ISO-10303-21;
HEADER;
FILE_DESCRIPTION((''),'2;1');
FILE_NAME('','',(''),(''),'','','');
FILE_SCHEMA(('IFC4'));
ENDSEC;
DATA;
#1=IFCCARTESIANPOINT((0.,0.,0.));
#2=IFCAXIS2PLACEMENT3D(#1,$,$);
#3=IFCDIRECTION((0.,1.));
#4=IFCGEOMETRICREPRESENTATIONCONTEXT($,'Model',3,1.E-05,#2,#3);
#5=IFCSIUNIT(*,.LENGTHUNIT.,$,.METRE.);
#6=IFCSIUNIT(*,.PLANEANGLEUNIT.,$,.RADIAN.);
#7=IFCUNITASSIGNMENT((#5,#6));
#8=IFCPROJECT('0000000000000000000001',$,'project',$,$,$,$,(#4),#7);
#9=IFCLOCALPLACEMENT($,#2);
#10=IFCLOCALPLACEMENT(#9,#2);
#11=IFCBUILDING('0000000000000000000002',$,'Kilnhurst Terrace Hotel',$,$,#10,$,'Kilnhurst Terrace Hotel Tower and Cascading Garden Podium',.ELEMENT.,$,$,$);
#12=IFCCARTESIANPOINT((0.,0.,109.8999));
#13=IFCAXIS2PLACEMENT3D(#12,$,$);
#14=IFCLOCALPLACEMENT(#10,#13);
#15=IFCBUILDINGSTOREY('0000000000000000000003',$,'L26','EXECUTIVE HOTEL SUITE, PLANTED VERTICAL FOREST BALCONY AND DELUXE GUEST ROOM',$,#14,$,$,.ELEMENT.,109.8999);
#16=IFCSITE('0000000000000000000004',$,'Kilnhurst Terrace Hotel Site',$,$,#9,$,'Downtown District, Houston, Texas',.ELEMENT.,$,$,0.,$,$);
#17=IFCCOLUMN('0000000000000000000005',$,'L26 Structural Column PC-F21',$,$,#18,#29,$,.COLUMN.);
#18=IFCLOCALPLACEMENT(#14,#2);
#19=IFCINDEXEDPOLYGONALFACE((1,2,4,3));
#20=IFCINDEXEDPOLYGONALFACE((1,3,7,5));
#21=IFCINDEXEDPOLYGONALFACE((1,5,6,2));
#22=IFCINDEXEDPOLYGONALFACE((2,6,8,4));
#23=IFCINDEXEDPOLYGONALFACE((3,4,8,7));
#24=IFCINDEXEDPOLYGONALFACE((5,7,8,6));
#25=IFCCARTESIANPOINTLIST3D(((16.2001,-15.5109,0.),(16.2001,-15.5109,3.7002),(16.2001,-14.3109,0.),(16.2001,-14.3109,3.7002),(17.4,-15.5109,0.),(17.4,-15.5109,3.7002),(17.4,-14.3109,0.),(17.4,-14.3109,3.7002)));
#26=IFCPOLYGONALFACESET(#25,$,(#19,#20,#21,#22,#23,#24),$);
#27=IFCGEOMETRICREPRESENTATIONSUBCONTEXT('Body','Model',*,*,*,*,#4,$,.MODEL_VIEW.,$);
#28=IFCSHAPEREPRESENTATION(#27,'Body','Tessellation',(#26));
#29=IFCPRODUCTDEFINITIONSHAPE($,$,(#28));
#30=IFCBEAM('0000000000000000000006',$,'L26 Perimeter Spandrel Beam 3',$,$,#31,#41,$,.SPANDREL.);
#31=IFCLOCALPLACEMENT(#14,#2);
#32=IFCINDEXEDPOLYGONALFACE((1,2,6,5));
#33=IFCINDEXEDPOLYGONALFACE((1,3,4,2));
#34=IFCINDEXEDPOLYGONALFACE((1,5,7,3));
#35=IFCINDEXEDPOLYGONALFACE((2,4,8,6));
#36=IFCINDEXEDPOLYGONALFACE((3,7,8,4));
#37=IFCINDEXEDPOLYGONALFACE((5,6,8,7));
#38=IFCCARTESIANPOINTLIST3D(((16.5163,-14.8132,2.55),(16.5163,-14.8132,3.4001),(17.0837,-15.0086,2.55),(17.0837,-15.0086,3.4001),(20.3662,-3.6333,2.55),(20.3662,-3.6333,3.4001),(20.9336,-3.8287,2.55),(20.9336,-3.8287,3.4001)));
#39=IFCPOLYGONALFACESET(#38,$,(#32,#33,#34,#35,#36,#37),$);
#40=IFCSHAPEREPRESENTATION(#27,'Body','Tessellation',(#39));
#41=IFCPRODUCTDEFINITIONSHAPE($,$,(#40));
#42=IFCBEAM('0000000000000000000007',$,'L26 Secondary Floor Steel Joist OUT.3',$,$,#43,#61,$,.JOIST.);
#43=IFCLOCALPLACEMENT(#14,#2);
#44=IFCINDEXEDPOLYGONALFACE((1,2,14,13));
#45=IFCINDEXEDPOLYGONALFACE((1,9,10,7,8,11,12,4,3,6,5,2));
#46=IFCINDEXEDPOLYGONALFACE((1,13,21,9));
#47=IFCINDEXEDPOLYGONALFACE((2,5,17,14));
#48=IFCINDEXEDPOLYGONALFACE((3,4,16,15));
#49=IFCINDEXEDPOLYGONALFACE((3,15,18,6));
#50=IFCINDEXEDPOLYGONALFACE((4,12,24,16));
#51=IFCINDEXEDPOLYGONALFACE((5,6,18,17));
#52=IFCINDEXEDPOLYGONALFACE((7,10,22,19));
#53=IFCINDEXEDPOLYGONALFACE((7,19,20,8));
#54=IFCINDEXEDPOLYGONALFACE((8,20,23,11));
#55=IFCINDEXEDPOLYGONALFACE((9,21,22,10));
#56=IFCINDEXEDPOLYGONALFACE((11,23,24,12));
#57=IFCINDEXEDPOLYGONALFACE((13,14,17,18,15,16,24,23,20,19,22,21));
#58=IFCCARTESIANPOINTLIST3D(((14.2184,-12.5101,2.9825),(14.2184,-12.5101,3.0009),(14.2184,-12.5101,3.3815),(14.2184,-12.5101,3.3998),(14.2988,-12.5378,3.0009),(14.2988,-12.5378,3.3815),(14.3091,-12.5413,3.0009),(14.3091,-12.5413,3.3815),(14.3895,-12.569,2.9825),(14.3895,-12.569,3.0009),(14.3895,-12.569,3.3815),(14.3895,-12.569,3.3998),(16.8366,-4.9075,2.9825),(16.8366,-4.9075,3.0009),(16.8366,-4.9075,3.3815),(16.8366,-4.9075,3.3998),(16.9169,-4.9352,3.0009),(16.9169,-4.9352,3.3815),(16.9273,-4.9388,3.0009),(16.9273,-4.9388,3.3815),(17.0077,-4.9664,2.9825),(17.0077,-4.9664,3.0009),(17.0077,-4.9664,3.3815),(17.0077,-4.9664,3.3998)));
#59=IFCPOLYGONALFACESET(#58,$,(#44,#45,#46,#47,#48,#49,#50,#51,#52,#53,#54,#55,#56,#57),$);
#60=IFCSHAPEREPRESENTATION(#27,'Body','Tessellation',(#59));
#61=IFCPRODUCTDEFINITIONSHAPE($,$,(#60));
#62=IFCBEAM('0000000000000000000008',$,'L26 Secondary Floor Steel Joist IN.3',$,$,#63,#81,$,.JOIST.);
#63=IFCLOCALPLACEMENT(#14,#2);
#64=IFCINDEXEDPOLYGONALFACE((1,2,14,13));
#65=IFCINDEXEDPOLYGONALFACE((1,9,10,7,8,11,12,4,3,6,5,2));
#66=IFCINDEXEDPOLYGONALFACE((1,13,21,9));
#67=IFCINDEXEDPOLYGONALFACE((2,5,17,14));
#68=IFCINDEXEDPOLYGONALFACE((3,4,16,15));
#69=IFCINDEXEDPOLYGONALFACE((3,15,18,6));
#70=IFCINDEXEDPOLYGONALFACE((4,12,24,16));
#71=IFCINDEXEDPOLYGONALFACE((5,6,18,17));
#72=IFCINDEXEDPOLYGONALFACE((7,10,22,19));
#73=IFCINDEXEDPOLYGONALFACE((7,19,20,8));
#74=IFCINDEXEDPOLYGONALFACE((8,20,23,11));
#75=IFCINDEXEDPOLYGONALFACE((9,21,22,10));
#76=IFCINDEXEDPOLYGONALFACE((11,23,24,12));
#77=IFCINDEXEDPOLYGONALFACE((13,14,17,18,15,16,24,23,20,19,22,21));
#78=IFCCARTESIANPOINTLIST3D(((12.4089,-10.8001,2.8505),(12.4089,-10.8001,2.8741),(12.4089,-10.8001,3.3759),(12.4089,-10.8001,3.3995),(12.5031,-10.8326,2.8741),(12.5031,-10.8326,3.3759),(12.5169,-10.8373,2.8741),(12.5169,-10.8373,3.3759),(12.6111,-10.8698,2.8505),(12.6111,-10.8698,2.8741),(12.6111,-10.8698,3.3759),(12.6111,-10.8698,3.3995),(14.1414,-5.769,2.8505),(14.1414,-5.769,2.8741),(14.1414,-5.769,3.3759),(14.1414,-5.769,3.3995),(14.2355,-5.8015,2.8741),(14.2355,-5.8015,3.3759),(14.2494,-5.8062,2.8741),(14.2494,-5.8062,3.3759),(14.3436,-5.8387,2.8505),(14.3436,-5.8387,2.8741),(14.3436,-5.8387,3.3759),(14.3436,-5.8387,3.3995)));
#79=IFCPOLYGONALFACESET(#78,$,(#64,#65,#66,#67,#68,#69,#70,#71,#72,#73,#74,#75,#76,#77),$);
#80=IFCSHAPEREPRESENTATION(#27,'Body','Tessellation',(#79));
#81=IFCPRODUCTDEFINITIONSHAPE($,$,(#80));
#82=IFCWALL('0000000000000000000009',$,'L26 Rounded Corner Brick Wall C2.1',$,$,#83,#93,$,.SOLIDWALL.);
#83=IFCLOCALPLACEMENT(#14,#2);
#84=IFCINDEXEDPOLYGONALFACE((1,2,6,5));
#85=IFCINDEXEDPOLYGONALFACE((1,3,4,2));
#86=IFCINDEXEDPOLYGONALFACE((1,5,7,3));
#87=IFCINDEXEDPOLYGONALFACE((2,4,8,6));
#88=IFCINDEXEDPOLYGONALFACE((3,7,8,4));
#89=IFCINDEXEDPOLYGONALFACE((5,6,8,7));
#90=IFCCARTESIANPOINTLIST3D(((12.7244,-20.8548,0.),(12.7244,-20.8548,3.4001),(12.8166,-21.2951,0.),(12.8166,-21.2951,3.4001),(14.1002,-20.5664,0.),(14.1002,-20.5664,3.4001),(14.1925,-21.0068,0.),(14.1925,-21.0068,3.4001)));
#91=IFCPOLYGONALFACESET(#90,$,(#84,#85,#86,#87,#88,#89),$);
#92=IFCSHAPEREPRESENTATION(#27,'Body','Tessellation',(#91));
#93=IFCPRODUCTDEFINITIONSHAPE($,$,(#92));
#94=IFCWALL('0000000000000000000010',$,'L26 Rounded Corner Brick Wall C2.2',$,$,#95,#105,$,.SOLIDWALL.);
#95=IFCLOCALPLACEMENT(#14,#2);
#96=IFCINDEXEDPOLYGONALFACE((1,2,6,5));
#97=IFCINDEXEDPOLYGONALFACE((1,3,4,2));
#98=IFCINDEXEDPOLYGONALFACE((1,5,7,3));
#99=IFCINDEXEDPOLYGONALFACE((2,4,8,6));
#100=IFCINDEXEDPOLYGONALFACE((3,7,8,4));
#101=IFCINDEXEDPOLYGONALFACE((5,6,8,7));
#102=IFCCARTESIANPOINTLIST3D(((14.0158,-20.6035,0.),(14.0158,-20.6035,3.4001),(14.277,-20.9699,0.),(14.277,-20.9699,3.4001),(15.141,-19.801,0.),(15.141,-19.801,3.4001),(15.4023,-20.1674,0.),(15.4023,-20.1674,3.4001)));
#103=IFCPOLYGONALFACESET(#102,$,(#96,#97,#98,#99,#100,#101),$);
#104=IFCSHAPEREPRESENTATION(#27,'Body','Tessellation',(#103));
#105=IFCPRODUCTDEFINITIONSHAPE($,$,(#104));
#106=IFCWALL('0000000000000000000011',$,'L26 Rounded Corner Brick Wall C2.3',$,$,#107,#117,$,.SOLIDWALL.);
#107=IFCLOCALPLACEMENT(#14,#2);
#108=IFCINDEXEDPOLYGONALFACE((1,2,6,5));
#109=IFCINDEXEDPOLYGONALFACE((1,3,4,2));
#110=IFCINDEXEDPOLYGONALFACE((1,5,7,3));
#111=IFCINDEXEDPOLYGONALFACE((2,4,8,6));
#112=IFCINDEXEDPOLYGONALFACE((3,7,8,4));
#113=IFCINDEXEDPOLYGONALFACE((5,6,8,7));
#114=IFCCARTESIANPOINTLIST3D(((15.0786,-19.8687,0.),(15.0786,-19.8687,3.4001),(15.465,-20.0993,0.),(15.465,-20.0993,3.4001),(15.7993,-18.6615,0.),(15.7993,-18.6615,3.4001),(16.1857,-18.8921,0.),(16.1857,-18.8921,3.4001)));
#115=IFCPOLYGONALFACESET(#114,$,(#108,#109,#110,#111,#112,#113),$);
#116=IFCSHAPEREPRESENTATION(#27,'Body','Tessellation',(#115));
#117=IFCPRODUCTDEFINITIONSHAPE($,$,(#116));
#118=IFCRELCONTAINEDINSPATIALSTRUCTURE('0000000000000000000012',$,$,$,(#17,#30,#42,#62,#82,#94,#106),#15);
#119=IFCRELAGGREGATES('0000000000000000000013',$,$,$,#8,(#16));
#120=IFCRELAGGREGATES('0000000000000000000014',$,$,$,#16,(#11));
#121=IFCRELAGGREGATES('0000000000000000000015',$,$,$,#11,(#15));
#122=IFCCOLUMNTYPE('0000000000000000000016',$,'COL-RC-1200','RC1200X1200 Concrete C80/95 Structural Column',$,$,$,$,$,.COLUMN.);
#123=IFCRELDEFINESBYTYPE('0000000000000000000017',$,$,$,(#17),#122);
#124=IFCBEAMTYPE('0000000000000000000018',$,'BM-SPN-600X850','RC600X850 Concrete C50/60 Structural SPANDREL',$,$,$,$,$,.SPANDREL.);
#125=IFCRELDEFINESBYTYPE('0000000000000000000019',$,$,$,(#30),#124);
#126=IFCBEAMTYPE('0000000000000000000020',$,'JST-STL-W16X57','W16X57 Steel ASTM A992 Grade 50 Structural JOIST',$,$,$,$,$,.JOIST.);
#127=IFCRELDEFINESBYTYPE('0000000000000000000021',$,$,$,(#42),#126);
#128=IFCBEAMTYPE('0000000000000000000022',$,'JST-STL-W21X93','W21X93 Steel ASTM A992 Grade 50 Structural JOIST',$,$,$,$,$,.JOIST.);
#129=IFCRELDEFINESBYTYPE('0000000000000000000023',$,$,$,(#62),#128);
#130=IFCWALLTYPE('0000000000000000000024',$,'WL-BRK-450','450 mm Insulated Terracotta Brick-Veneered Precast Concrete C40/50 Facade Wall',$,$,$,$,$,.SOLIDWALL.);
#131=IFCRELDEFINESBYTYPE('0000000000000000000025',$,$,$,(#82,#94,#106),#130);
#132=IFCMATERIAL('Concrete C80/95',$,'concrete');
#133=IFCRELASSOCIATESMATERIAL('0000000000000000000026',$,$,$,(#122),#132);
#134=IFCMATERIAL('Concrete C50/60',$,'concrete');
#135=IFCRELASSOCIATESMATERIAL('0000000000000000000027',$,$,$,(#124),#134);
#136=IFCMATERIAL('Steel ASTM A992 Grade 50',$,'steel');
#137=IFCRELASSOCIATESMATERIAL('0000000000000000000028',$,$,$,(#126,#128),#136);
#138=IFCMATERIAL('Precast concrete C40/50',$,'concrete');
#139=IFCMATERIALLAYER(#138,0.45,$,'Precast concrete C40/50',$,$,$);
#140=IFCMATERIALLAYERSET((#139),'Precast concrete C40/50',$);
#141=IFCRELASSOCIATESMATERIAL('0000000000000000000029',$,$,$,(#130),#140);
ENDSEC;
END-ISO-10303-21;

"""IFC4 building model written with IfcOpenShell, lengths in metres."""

from ifc_helpers import new_model, si_unit, direction, frame, frame_2d, origin, origin_2d, place, context, subcontext, project, spatial, rectangle, i_section, extrude, material, layer, layer_set, material_profile, profile_set, type_object, element, save


model = new_model("IFC4")

# Units and contexts
model_context = context("Model", 3, precision=1e-05, world=origin(), true_north=direction((0.0, 1.0)))
body_context = subcontext(model_context, "Body", "Model", "MODEL_VIEW")
ifc_project = project(units=[si_unit("LENGTHUNIT", "METRE"), si_unit("PLANEANGLEUNIT", "RADIAN")], contexts=[model_context])

# Site, building, storey
site_placement = place(None, origin())
site = spatial("IfcSite", under=ifc_project, at=site_placement, Name="Kilnhurst Terrace Hotel Site", LongName="Downtown District, Houston, Texas", CompositionType="ELEMENT", RefElevation=0.0)
building_placement = place(site_placement, origin())
building = spatial("IfcBuilding", under=site, at=building_placement, Name="Kilnhurst Terrace Hotel", LongName="Kilnhurst Terrace Hotel Tower and Cascading Garden Podium", CompositionType="ELEMENT")
storey_placement = place(building_placement, frame((0.0, 0.0, 109.8999)))
storey = spatial("IfcBuildingStorey", under=building, at=storey_placement, Name="L26", Description="EXECUTIVE HOTEL SUITE, PLANTED VERTICAL FOREST BALCONY AND DELUXE GUEST ROOM", CompositionType="ELEMENT", Elevation=109.8999)

# Column
ifc_material_1 = material(Name="Concrete C80/95", Category="concrete")
ifc_material_profile_1 = material_profile(ifc_material_1, rectangle(XDim=1.2, YDim=1.2, at=origin_2d()), Name="RC1200X1200")
ifc_profile_set_1 = profile_set([ifc_material_profile_1], Name="Concrete C80/95")
column_type = type_object("IfcColumnType", Name="COL-RC-1200", Description="RC1200X1200 Concrete C80/95 Structural Column", PredefinedType="COLUMN", material=ifc_profile_set_1)
column_placement = place(storey_placement, frame((16.8, -14.9109, 0.0), z_axis=(0.0, 0.0, 1.0), x_axis=(1.0, 0.0, 0.0)))
element("IfcColumn", 1, at=column_placement, inside=storey, type_object=column_type, Name="L26 Structural Column PC-F21", PredefinedType="COLUMN", context=body_context, shape_type="SweptSolid", body=[
    extrude(rectangle(XDim=1.2, YDim=1.2, at=origin_2d()), origin(), (0.0, 0.0, 1.0), 3.7002),
])

# Beams
ifc_material_2 = material(Name="Concrete C50/60", Category="concrete")
ifc_material_profile_2 = material_profile(ifc_material_2, rectangle(XDim=0.6001, YDim=0.8501, at=origin_2d()), Name="RC600X850")
ifc_profile_set_2 = profile_set([ifc_material_profile_2], Name="Concrete C50/60")
beam_type_1 = type_object("IfcBeamType", Name="BM-SPN-600X850", Description="RC600X850 Concrete C50/60 Structural SPANDREL", PredefinedType="SPANDREL", material=ifc_profile_set_2)
beam_1_placement = place(storey_placement, frame((16.8, -14.9109, 2.9751), z_axis=(0.32559, 0.945511, 0.0), x_axis=(-0.945511, 0.32559, 0.0)))
element("IfcBeam", 2, at=beam_1_placement, inside=storey, type_object=beam_type_1, Name="L26 Perimeter Spandrel Beam 3", PredefinedType="SPANDREL", context=body_context, shape_type="SweptSolid", body=[
    extrude(rectangle(XDim=0.6001, YDim=0.8501, at=origin_2d()), origin(), (0.0, 0.0, 1.0), 11.8242),
])
ifc_material_3 = material(Name="Steel ASTM A992 Grade 50", Category="steel")
ifc_material_profile_3 = material_profile(ifc_material_3, i_section(OverallWidth=0.1809, OverallDepth=0.4172, WebThickness=0.011, FlangeThickness=0.0183, at=origin_2d()), Name="W16X57")
ifc_profile_set_3 = profile_set([ifc_material_profile_3], Name="Steel ASTM A992 Grade 50")
beam_type_2 = type_object("IfcBeamType", Name="JST-STL-W16X57", Description="W16X57 Steel ASTM A992 Grade 50 Structural JOIST", PredefinedType="JOIST", material=ifc_profile_set_3)
beam_2_placement = place(storey_placement, frame((14.304, -12.5396, 3.1912), z_axis=(0.325613, 0.945503, 0.0), x_axis=(-0.945503, 0.325613, 0.0)))
element("IfcBeam", 3, at=beam_2_placement, inside=storey, type_object=beam_type_2, Name="L26 Secondary Floor Steel Joist OUT.3", PredefinedType="JOIST", context=body_context, shape_type="SweptSolid", body=[
    extrude(i_section(OverallWidth=0.1809, OverallDepth=0.4172, WebThickness=0.011, FlangeThickness=0.0183, at=origin_2d()), origin(), (0.0, 0.0, 1.0), 8.0408),
])
ifc_material_profile_4 = material_profile(ifc_material_3, i_section(OverallWidth=0.2139, OverallDepth=0.5491, WebThickness=0.0146, FlangeThickness=0.0237, at=origin_2d()), Name="W21X93")
ifc_profile_set_4 = profile_set([ifc_material_profile_4], Name="Steel ASTM A992 Grade 50")
beam_type_3 = type_object("IfcBeamType", Name="JST-STL-W21X93", Description="W21X93 Steel ASTM A992 Grade 50 Structural JOIST", PredefinedType="JOIST", material=ifc_profile_set_4)
beam_3_placement = place(storey_placement, frame((12.51, -10.835, 3.125), z_axis=(0.325586, 0.945512, 0.0), x_axis=(-0.945512, 0.325586, 0.0)))
element("IfcBeam", 4, at=beam_3_placement, inside=storey, type_object=beam_type_3, Name="L26 Secondary Floor Steel Joist IN.3", PredefinedType="JOIST", context=body_context, shape_type="SweptSolid", body=[
    extrude(i_section(OverallWidth=0.2139, OverallDepth=0.5491, WebThickness=0.0146, FlangeThickness=0.0237, at=origin_2d()), origin(), (0.0, 0.0, 1.0), 5.321),
])

# Walls
ifc_material_4 = material(Name="Precast concrete C40/50", Category="concrete")
ifc_layer_1 = layer(ifc_material_4, 0.45, Name="Precast concrete C40/50")
ifc_layer_set_1 = layer_set([ifc_layer_1], Name="Precast concrete C40/50")
wall_type_1 = type_object("IfcWallType", Name="WL-BRK-450", Description="450 mm Insulated Terracotta Brick-Veneered Precast Concrete C40/50 Facade Wall", PredefinedType="SOLIDWALL", material=ifc_layer_set_1)
wall_1_placement = place(storey_placement, frame((12.7705, -21.075, 0.0), z_axis=(0.0, 0.0, 1.0), x_axis=(0.978743, 0.205091, 0.0)))
element("IfcWall", 5, at=wall_1_placement, inside=storey, type_object=wall_type_1, Name="L26 Rounded Corner Brick Wall C2.1", PredefinedType="SOLIDWALL", context=body_context, shape_type="SweptSolid", body=[
    extrude(rectangle(XDim=1.4058, YDim=0.45, at=frame_2d((0.7029, 0.0))), origin(), (0.0, 0.0, 1.0), 3.4001),
])
wall_2_placement = place(storey_placement, frame((14.1465, -20.7866, 0.0), z_axis=(0.0, 0.0, 1.0), x_axis=(0.814163, 0.580636, 0.0)))
element("IfcWall", 6, at=wall_2_placement, inside=storey, type_object=wall_type_1, Name="L26 Rounded Corner Brick Wall C2.2", PredefinedType="SOLIDWALL", context=body_context, shape_type="SweptSolid", body=[
    extrude(rectangle(XDim=1.3821, YDim=0.45, at=frame_2d((0.6909, 0.0))), origin(), (0.0, 0.0, 1.0), 3.4001),
])
wall_3_placement = place(storey_placement, frame((15.2717, -19.9841, 0.0), z_axis=(0.0, 0.0, 1.0), x_axis=(0.512579, 0.85864, 0.0)))
element("IfcWall", 7, at=wall_3_placement, inside=storey, type_object=wall_type_1, Name="L26 Rounded Corner Brick Wall C2.3", PredefinedType="SOLIDWALL", context=body_context, shape_type="SweptSolid", body=[
    extrude(rectangle(XDim=1.406, YDim=0.45, at=frame_2d((0.7031, 0.0))), origin(), (0.0, 0.0, 1.0), 3.4001),
])

save(model, "model.ifc")
